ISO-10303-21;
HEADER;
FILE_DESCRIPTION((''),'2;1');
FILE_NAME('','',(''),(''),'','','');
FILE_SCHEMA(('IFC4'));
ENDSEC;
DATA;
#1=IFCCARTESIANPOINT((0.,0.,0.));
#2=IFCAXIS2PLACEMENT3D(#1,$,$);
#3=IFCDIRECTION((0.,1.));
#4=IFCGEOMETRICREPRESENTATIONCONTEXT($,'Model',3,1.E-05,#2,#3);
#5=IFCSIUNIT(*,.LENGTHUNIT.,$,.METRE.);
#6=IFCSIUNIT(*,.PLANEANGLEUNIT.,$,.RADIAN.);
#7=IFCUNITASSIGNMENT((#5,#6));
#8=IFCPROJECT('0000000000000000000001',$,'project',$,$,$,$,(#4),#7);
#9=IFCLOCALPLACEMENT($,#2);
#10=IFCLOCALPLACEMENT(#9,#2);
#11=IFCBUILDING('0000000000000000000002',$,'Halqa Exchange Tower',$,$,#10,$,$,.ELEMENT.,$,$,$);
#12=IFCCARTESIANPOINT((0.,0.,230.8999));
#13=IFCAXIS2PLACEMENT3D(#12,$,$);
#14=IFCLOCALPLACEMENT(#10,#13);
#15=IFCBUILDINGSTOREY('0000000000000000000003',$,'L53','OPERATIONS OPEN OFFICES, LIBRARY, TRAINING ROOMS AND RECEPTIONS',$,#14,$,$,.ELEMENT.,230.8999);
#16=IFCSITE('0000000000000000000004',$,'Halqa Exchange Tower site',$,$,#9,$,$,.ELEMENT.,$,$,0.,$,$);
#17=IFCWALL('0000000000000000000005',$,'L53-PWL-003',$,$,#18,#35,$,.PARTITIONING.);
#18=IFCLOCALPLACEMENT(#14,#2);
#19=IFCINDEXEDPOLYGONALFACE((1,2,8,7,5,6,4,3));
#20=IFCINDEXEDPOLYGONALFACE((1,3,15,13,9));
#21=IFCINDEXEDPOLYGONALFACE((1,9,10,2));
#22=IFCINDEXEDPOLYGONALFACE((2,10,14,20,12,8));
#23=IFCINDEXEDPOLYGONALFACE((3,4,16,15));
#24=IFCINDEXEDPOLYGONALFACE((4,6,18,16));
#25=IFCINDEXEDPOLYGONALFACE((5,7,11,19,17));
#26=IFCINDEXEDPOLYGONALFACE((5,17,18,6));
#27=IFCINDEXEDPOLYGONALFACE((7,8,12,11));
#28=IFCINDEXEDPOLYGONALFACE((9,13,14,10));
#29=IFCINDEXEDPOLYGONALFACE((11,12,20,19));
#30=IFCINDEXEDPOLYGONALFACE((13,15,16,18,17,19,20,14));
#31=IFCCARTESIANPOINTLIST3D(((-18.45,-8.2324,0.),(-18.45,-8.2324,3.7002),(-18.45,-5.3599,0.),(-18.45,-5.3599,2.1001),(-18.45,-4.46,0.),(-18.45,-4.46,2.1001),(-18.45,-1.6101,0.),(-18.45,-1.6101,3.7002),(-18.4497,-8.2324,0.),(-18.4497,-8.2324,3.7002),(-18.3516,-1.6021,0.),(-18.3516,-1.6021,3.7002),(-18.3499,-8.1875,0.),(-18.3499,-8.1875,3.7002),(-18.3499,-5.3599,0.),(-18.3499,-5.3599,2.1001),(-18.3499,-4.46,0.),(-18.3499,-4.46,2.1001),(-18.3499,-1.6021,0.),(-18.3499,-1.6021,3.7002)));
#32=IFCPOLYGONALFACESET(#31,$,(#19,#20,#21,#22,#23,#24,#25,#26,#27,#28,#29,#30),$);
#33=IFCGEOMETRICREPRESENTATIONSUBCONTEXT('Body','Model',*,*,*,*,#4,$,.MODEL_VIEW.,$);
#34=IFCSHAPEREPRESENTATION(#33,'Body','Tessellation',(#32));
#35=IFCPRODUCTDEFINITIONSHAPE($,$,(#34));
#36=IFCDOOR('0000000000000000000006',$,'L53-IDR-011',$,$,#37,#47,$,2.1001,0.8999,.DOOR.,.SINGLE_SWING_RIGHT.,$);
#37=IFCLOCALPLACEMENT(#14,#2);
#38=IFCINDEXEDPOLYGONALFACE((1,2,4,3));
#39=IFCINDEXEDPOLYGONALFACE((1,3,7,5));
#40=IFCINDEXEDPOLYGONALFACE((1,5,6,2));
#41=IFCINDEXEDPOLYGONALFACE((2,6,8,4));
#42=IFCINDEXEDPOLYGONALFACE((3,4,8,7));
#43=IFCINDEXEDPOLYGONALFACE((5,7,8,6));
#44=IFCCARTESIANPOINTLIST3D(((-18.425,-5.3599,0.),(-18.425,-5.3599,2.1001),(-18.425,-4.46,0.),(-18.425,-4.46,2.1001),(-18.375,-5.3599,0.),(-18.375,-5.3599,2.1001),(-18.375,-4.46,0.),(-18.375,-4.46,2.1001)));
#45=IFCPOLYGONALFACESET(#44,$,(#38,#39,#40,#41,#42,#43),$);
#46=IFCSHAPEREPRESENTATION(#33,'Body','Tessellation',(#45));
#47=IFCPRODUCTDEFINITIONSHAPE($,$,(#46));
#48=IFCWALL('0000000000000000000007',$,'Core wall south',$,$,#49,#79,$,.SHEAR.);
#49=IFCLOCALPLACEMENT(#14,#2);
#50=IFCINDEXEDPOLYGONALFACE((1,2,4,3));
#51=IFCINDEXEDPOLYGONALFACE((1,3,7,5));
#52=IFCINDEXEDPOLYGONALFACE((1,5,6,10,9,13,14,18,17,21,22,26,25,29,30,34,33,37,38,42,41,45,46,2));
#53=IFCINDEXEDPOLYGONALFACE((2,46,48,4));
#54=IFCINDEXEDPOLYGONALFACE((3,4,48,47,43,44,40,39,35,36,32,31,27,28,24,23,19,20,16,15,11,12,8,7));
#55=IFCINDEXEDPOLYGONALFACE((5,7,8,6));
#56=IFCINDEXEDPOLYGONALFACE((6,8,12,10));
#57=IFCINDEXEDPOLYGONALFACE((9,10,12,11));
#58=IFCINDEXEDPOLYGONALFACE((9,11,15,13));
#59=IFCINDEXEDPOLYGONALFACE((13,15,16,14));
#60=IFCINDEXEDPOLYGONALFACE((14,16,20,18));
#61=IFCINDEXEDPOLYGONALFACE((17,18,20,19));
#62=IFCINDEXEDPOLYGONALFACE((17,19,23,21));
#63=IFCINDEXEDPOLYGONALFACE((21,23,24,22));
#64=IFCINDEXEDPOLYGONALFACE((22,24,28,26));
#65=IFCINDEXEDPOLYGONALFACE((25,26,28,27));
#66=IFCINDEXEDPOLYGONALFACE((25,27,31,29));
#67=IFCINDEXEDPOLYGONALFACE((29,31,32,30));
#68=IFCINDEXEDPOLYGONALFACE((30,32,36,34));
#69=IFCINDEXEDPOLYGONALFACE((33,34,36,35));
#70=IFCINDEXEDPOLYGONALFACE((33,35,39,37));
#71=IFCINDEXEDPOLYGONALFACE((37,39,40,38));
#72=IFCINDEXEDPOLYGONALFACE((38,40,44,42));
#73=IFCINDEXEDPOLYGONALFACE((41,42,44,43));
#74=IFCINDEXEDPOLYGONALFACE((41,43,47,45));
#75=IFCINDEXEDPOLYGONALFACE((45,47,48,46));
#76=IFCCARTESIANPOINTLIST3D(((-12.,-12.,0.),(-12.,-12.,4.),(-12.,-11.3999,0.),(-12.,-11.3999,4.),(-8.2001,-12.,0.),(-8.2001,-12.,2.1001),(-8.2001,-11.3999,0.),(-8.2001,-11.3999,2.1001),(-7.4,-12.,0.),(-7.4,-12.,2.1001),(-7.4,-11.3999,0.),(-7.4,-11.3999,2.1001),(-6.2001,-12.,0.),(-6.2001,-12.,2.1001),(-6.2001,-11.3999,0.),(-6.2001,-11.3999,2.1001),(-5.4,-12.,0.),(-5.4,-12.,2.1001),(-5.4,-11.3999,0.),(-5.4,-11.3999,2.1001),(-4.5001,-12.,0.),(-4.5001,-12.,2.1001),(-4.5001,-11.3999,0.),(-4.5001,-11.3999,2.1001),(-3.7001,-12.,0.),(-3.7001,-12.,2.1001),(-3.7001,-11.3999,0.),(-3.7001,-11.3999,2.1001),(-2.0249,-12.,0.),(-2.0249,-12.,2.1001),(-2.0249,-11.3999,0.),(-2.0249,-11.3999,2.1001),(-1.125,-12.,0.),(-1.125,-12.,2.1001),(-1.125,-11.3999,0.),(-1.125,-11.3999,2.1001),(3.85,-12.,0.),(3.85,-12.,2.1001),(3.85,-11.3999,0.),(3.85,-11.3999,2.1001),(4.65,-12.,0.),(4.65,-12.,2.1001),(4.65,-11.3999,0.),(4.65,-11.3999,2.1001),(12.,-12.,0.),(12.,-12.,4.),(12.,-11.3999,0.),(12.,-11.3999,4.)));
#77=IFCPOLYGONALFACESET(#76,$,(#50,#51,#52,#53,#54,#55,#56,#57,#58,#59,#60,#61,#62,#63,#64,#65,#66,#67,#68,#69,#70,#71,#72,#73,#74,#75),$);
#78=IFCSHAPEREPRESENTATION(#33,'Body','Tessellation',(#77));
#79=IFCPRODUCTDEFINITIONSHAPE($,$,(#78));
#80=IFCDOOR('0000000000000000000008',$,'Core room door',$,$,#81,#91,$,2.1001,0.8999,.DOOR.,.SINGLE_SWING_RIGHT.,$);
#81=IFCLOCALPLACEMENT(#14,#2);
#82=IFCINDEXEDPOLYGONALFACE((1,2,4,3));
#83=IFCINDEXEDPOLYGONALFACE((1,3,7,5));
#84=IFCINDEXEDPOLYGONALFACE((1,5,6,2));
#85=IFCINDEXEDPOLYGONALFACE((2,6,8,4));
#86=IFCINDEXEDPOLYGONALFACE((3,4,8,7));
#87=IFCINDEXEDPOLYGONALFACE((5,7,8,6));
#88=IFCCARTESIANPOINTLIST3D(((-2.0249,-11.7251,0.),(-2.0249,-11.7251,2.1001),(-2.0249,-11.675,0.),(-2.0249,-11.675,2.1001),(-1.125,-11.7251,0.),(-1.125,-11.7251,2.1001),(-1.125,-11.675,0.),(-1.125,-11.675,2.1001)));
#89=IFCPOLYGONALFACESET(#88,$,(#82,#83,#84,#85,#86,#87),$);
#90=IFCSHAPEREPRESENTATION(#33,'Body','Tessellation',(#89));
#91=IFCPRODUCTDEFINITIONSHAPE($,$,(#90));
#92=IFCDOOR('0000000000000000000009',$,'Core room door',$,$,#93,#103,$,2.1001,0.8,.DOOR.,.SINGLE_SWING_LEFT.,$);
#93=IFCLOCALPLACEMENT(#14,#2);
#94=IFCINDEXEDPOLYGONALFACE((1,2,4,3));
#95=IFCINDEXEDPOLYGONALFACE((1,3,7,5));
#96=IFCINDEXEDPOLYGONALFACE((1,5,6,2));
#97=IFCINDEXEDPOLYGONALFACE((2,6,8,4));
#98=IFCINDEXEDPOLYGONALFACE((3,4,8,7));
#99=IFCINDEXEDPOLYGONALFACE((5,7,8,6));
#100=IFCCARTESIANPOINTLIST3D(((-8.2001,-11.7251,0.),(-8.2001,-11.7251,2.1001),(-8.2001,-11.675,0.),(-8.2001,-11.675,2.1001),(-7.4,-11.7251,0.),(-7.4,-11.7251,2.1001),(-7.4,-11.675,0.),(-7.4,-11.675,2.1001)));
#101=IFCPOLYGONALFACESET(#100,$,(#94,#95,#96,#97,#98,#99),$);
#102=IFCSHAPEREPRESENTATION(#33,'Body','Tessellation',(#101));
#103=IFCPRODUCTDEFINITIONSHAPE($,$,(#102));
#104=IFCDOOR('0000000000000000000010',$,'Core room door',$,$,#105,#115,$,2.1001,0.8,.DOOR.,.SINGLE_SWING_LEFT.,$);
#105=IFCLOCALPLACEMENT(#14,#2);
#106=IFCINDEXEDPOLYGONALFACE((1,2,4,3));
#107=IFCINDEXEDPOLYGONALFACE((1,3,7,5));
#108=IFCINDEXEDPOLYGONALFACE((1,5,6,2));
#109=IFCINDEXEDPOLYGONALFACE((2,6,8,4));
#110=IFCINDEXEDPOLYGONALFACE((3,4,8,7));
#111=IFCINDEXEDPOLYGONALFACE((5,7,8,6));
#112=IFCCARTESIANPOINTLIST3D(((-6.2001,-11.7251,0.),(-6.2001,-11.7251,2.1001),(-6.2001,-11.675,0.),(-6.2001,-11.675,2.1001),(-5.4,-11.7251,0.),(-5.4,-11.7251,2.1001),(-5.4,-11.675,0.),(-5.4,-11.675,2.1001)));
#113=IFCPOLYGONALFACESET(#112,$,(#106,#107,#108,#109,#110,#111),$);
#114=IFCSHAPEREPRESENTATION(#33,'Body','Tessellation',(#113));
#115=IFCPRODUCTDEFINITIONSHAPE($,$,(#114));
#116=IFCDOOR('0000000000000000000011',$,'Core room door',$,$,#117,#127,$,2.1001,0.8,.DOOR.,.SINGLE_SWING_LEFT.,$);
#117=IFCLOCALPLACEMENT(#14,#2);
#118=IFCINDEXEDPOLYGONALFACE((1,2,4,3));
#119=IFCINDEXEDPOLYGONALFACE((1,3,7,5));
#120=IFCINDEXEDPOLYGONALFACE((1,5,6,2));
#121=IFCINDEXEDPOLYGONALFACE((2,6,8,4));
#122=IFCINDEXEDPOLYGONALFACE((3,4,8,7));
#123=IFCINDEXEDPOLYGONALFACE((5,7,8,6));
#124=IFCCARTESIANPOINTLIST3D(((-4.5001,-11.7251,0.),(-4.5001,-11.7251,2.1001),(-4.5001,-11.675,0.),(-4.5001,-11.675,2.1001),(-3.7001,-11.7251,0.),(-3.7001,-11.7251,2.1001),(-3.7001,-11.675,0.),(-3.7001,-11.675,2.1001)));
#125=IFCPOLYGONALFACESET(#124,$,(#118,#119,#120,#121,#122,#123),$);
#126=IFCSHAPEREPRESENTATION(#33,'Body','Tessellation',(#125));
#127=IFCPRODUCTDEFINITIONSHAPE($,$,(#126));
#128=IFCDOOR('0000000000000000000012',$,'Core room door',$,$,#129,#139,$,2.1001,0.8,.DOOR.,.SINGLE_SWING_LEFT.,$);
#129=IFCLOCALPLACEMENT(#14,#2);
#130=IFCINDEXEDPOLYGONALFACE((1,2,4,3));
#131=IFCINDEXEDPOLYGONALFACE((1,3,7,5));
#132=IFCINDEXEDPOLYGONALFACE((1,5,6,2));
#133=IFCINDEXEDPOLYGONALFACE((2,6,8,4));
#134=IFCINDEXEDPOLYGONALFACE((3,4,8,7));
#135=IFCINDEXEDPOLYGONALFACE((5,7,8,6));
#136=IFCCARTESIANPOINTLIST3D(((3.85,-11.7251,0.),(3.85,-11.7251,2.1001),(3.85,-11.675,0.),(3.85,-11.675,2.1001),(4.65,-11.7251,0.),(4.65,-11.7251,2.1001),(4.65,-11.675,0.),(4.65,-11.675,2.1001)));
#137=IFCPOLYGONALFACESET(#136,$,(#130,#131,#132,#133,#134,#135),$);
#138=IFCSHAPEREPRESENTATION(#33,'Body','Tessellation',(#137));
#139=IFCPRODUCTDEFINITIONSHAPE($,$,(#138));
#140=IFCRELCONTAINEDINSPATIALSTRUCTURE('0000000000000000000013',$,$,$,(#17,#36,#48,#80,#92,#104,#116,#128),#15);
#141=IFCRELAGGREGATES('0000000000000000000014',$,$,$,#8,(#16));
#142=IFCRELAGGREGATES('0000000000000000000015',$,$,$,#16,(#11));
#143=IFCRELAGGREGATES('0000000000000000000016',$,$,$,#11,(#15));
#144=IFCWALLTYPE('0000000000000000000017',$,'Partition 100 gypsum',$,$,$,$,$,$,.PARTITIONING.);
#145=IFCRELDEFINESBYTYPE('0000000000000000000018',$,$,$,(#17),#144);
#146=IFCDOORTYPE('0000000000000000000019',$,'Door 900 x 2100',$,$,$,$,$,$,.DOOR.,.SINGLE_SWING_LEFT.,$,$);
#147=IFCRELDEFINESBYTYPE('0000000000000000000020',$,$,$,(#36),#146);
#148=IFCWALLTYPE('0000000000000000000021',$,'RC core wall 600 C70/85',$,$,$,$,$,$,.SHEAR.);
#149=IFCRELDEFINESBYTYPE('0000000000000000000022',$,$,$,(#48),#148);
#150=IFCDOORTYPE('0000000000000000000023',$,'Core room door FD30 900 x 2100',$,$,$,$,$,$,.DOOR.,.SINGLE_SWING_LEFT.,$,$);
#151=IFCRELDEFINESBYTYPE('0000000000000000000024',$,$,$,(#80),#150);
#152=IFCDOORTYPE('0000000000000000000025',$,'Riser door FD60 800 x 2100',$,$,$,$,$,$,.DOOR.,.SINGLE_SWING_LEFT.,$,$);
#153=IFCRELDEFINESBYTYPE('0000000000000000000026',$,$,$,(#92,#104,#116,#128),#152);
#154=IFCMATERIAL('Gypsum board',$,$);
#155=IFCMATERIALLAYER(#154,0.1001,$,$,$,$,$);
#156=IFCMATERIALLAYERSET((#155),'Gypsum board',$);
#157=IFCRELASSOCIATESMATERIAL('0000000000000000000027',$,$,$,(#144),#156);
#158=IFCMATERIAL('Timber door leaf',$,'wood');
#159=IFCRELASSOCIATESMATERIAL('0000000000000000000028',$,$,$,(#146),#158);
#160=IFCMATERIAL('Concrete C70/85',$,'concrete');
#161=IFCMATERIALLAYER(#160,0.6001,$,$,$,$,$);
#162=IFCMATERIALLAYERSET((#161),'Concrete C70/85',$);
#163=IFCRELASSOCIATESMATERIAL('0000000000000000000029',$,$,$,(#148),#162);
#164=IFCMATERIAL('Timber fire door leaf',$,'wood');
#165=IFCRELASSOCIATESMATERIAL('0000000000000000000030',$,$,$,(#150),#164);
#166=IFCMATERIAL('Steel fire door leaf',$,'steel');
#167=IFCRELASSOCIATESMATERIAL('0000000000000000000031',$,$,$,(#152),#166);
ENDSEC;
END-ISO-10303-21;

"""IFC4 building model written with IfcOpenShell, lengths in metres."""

from ifc_helpers import new_model, si_unit, direction, frame, frame_2d, origin, place, context, subcontext, project, spatial, polyline, rectangle, outline, extrude, material, layer, layer_set, type_object, element, fill, save


model = new_model("IFC4")

# Units and contexts
model_context = context("Model", 3, precision=1e-05, world=origin(), true_north=direction((0.0, 1.0)))
body_context = subcontext(model_context, "Body", "Model", "MODEL_VIEW")
ifc_project = project(units=[si_unit("LENGTHUNIT", "METRE"), si_unit("PLANEANGLEUNIT", "RADIAN")], contexts=[model_context])

# Site, building, storey
site_placement = place(None, origin())
site = spatial("IfcSite", under=ifc_project, at=site_placement, Name="Halqa Exchange Tower site", CompositionType="ELEMENT", RefElevation=0.0)
building_placement = place(site_placement, origin())
building = spatial("IfcBuilding", under=site, at=building_placement, Name="Halqa Exchange Tower", CompositionType="ELEMENT")
storey_placement = place(building_placement, frame((0.0, 0.0, 230.8999)))
storey = spatial("IfcBuildingStorey", under=building, at=storey_placement, Name="L53", Description="OPERATIONS OPEN OFFICES, LIBRARY, TRAINING ROOMS AND RECEPTIONS", CompositionType="ELEMENT", Elevation=230.8999)

# Shared definitions
ifc_material_1 = material(Name="Steel fire door leaf", Category="steel")

# Wall, opening, door
ifc_material_2 = material(Name="Gypsum board")
ifc_layer_1 = layer(ifc_material_2, 0.1001)
ifc_layer_set_1 = layer_set([ifc_layer_1], Name="Gypsum board")
wall_type_1 = type_object("IfcWallType", Name="Partition 100 gypsum", PredefinedType="PARTITIONING", material=ifc_layer_set_1)
wall_1_placement = place(storey_placement, frame((-18.3999, -8.2324, 0.0), z_axis=(0.0, 0.0, 1.0), x_axis=(0.0, 1.0, 0.0)))
wall_1 = element("IfcWall", 1, at=wall_1_placement, inside=storey, type_object=wall_type_1, Name="L53-PWL-003", PredefinedType="PARTITIONING", context=body_context, shape_type="SweptSolid", body=[
    extrude(outline(polyline([(6.6304, -0.05), (6.6304, -0.0483), (6.6223, 0.05), (4.9668, 0.05), (3.311, 0.05), (1.6555, 0.05), (0.0, 0.05), (0.0, 0.0498), (0.0449, -0.05), (1.6914, -0.05), (3.3376, -0.05), (4.9841, -0.05), (6.6304, -0.05)])), origin(), (0.0, 0.0, 1.0), 3.7002),
])
opening_1_placement = place(wall_1_placement, frame((2.8726, 0.0, 0.0)))
opening_1 = element("IfcOpeningElement", 2, at=opening_1_placement, cuts=wall_1, PredefinedType="OPENING", context=body_context, shape_type="SweptSolid", body=[
    extrude(rectangle(XDim=0.8999, YDim=2.1001, at=frame_2d((0.45, 1.05))), frame((0.0, 0.062, 0.0), z_axis=(0.0, -1.0, 0.0), x_axis=(1.0, 0.0, 0.0)), (0.0, 0.0, 1.0), 0.124),
])
ifc_material_3 = material(Name="Timber door leaf", Category="wood")
door_type_1 = type_object("IfcDoorType", Name="Door 900 x 2100", OperationType="SINGLE_SWING_LEFT", PredefinedType="DOOR", material=ifc_material_3)
door_1_placement = place(opening_1_placement, frame((0.8999, 0.0, 0.0), z_axis=(0.0, 0.0, 1.0), x_axis=(-1.0, 0.0, 0.0)))
door_1 = element("IfcDoor", 3, at=door_1_placement, inside=storey, type_object=door_type_1, Name="L53-IDR-011", OperationType="SINGLE_SWING_RIGHT", OverallHeight=2.1001, OverallWidth=0.8999, PredefinedType="DOOR", context=body_context, shape_type="SweptSolid", body=[
    extrude(rectangle(XDim=0.8999, YDim=2.1001, at=frame_2d((0.45, 1.05))), frame((0.0, 0.0249, 0.0), z_axis=(0.0, -1.0, 0.0), x_axis=(1.0, 0.0, 0.0)), (0.0, 0.0, 1.0), 0.05),
])
fill(opening_1, door_1)

# Wall, openings, doors
ifc_material_4 = material(Name="Concrete C70/85", Category="concrete")
ifc_layer_2 = layer(ifc_material_4, 0.6001)
ifc_layer_set_2 = layer_set([ifc_layer_2], Name="Concrete C70/85")
wall_type_2 = type_object("IfcWallType", Name="RC core wall 600 C70/85", PredefinedType="SHEAR", material=ifc_layer_set_2)
wall_2_placement = place(storey_placement, frame((-12.0, -11.7, 0.0), z_axis=(0.0, 0.0, 1.0), x_axis=(1.0, 0.0, 0.0)))
wall_2 = element("IfcWall", 4, at=wall_2_placement, inside=storey, type_object=wall_type_2, Name="Core wall south", PredefinedType="SHEAR", context=body_context, shape_type="SweptSolid", body=[
    extrude(rectangle(XDim=24.0, YDim=0.6001, at=frame_2d((12.0, 0.0))), origin(), (0.0, 0.0, 1.0), 4.0),
])
opening_2_placement = place(wall_2_placement, frame((9.9751, 0.0, 0.0)))
opening_2 = element("IfcOpeningElement", 5, at=opening_2_placement, cuts=wall_2, PredefinedType="OPENING", context=body_context, shape_type="SweptSolid", body=[
    extrude(rectangle(XDim=0.8999, YDim=2.1001, at=frame_2d((0.45, 1.05))), frame((0.0, 0.312, 0.0), z_axis=(0.0, -1.0, 0.0), x_axis=(1.0, 0.0, 0.0)), (0.0, 0.0, 1.0), 0.624),
])
opening_3_placement = place(wall_2_placement, frame((3.8, 0.0, 0.0)))
opening_3 = element("IfcOpeningElement", 6, at=opening_3_placement, cuts=wall_2, PredefinedType="OPENING", context=body_context, shape_type="SweptSolid", body=[
    extrude(rectangle(XDim=0.8, YDim=2.1001, at=frame_2d((0.3999, 1.05))), frame((0.0, 0.312, 0.0), z_axis=(0.0, -1.0, 0.0), x_axis=(1.0, 0.0, 0.0)), (0.0, 0.0, 1.0), 0.624),
])
opening_4_placement = place(wall_2_placement, frame((5.8, 0.0, 0.0)))
opening_4 = element("IfcOpeningElement", 7, at=opening_4_placement, cuts=wall_2, PredefinedType="OPENING", context=body_context, shape_type="SweptSolid", body=[
    extrude(rectangle(XDim=0.8, YDim=2.1001, at=frame_2d((0.3999, 1.05))), frame((0.0, 0.312, 0.0), z_axis=(0.0, -1.0, 0.0), x_axis=(1.0, 0.0, 0.0)), (0.0, 0.0, 1.0), 0.624),
])
opening_5_placement = place(wall_2_placement, frame((7.5, 0.0, 0.0)))
opening_5 = element("IfcOpeningElement", 8, at=opening_5_placement, cuts=wall_2, PredefinedType="OPENING", context=body_context, shape_type="SweptSolid", body=[
    extrude(rectangle(XDim=0.8, YDim=2.1001, at=frame_2d((0.3999, 1.05))), frame((0.0, 0.312, 0.0), z_axis=(0.0, -1.0, 0.0), x_axis=(1.0, 0.0, 0.0)), (0.0, 0.0, 1.0), 0.624),
])
opening_6_placement = place(wall_2_placement, frame((15.8501, 0.0, 0.0)))
opening_6 = element("IfcOpeningElement", 9, at=opening_6_placement, cuts=wall_2, PredefinedType="OPENING", context=body_context, shape_type="SweptSolid", body=[
    extrude(rectangle(XDim=0.8, YDim=2.1001, at=frame_2d((0.3999, 1.05))), frame((0.0, 0.312, 0.0), z_axis=(0.0, -1.0, 0.0), x_axis=(1.0, 0.0, 0.0)), (0.0, 0.0, 1.0), 0.624),
])
ifc_material_5 = material(Name="Timber fire door leaf", Category="wood")
door_type_2 = type_object("IfcDoorType", Name="Core room door FD30 900 x 2100", OperationType="SINGLE_SWING_LEFT", PredefinedType="DOOR", material=ifc_material_5)
door_2_placement = place(opening_2_placement, origin())
door_2 = element("IfcDoor", 10, at=door_2_placement, inside=storey, type_object=door_type_2, Name="Core room door", OperationType="SINGLE_SWING_RIGHT", OverallHeight=2.1001, OverallWidth=0.8999, PredefinedType="DOOR", context=body_context, shape_type="SweptSolid", body=[
    extrude(rectangle(XDim=0.8999, YDim=2.1001, at=frame_2d((0.45, 1.05))), frame((0.0, 0.0249, 0.0), z_axis=(0.0, -1.0, 0.0), x_axis=(1.0, 0.0, 0.0)), (0.0, 0.0, 1.0), 0.05),
])
fill(opening_2, door_2)
door_type_3 = type_object("IfcDoorType", Name="Riser door FD60 800 x 2100", OperationType="SINGLE_SWING_LEFT", PredefinedType="DOOR", material=ifc_material_1)
door_3_placement = place(opening_3_placement, origin())
door_3 = element("IfcDoor", 11, at=door_3_placement, inside=storey, type_object=door_type_3, Name="Core room door", OperationType="SINGLE_SWING_LEFT", OverallHeight=2.1001, OverallWidth=0.8, PredefinedType="DOOR", context=body_context, shape_type="SweptSolid", body=[
    extrude(rectangle(XDim=0.8, YDim=2.1001, at=frame_2d((0.3999, 1.05))), frame((0.0, 0.0249, 0.0), z_axis=(0.0, -1.0, 0.0), x_axis=(1.0, 0.0, 0.0)), (0.0, 0.0, 1.0), 0.05),
])
fill(opening_3, door_3)
door_4_placement = place(opening_4_placement, origin())
door_4 = element("IfcDoor", 12, at=door_4_placement, inside=storey, type_object=door_type_3, Name="Core room door", OperationType="SINGLE_SWING_LEFT", OverallHeight=2.1001, OverallWidth=0.8, PredefinedType="DOOR", context=body_context, shape_type="SweptSolid", body=[
    extrude(rectangle(XDim=0.8, YDim=2.1001, at=frame_2d((0.3999, 1.05))), frame((0.0, 0.0249, 0.0), z_axis=(0.0, -1.0, 0.0), x_axis=(1.0, 0.0, 0.0)), (0.0, 0.0, 1.0), 0.05),
])
fill(opening_4, door_4)
door_5_placement = place(opening_5_placement, origin())
door_5 = element("IfcDoor", 13, at=door_5_placement, inside=storey, type_object=door_type_3, Name="Core room door", OperationType="SINGLE_SWING_LEFT", OverallHeight=2.1001, OverallWidth=0.8, PredefinedType="DOOR", context=body_context, shape_type="SweptSolid", body=[
    extrude(rectangle(XDim=0.8, YDim=2.1001, at=frame_2d((0.3999, 1.05))), frame((0.0, 0.0249, 0.0), z_axis=(0.0, -1.0, 0.0), x_axis=(1.0, 0.0, 0.0)), (0.0, 0.0, 1.0), 0.05),
])
fill(opening_5, door_5)
door_6_placement = place(opening_6_placement, origin())
door_6 = element("IfcDoor", 14, at=door_6_placement, inside=storey, type_object=door_type_3, Name="Core room door", OperationType="SINGLE_SWING_LEFT", OverallHeight=2.1001, OverallWidth=0.8, PredefinedType="DOOR", context=body_context, shape_type="SweptSolid", body=[
    extrude(rectangle(XDim=0.8, YDim=2.1001, at=frame_2d((0.3999, 1.05))), frame((0.0, 0.0249, 0.0), z_axis=(0.0, -1.0, 0.0), x_axis=(1.0, 0.0, 0.0)), (0.0, 0.0, 1.0), 0.05),
])
fill(opening_6, door_6)

save(model, "model.ifc")
